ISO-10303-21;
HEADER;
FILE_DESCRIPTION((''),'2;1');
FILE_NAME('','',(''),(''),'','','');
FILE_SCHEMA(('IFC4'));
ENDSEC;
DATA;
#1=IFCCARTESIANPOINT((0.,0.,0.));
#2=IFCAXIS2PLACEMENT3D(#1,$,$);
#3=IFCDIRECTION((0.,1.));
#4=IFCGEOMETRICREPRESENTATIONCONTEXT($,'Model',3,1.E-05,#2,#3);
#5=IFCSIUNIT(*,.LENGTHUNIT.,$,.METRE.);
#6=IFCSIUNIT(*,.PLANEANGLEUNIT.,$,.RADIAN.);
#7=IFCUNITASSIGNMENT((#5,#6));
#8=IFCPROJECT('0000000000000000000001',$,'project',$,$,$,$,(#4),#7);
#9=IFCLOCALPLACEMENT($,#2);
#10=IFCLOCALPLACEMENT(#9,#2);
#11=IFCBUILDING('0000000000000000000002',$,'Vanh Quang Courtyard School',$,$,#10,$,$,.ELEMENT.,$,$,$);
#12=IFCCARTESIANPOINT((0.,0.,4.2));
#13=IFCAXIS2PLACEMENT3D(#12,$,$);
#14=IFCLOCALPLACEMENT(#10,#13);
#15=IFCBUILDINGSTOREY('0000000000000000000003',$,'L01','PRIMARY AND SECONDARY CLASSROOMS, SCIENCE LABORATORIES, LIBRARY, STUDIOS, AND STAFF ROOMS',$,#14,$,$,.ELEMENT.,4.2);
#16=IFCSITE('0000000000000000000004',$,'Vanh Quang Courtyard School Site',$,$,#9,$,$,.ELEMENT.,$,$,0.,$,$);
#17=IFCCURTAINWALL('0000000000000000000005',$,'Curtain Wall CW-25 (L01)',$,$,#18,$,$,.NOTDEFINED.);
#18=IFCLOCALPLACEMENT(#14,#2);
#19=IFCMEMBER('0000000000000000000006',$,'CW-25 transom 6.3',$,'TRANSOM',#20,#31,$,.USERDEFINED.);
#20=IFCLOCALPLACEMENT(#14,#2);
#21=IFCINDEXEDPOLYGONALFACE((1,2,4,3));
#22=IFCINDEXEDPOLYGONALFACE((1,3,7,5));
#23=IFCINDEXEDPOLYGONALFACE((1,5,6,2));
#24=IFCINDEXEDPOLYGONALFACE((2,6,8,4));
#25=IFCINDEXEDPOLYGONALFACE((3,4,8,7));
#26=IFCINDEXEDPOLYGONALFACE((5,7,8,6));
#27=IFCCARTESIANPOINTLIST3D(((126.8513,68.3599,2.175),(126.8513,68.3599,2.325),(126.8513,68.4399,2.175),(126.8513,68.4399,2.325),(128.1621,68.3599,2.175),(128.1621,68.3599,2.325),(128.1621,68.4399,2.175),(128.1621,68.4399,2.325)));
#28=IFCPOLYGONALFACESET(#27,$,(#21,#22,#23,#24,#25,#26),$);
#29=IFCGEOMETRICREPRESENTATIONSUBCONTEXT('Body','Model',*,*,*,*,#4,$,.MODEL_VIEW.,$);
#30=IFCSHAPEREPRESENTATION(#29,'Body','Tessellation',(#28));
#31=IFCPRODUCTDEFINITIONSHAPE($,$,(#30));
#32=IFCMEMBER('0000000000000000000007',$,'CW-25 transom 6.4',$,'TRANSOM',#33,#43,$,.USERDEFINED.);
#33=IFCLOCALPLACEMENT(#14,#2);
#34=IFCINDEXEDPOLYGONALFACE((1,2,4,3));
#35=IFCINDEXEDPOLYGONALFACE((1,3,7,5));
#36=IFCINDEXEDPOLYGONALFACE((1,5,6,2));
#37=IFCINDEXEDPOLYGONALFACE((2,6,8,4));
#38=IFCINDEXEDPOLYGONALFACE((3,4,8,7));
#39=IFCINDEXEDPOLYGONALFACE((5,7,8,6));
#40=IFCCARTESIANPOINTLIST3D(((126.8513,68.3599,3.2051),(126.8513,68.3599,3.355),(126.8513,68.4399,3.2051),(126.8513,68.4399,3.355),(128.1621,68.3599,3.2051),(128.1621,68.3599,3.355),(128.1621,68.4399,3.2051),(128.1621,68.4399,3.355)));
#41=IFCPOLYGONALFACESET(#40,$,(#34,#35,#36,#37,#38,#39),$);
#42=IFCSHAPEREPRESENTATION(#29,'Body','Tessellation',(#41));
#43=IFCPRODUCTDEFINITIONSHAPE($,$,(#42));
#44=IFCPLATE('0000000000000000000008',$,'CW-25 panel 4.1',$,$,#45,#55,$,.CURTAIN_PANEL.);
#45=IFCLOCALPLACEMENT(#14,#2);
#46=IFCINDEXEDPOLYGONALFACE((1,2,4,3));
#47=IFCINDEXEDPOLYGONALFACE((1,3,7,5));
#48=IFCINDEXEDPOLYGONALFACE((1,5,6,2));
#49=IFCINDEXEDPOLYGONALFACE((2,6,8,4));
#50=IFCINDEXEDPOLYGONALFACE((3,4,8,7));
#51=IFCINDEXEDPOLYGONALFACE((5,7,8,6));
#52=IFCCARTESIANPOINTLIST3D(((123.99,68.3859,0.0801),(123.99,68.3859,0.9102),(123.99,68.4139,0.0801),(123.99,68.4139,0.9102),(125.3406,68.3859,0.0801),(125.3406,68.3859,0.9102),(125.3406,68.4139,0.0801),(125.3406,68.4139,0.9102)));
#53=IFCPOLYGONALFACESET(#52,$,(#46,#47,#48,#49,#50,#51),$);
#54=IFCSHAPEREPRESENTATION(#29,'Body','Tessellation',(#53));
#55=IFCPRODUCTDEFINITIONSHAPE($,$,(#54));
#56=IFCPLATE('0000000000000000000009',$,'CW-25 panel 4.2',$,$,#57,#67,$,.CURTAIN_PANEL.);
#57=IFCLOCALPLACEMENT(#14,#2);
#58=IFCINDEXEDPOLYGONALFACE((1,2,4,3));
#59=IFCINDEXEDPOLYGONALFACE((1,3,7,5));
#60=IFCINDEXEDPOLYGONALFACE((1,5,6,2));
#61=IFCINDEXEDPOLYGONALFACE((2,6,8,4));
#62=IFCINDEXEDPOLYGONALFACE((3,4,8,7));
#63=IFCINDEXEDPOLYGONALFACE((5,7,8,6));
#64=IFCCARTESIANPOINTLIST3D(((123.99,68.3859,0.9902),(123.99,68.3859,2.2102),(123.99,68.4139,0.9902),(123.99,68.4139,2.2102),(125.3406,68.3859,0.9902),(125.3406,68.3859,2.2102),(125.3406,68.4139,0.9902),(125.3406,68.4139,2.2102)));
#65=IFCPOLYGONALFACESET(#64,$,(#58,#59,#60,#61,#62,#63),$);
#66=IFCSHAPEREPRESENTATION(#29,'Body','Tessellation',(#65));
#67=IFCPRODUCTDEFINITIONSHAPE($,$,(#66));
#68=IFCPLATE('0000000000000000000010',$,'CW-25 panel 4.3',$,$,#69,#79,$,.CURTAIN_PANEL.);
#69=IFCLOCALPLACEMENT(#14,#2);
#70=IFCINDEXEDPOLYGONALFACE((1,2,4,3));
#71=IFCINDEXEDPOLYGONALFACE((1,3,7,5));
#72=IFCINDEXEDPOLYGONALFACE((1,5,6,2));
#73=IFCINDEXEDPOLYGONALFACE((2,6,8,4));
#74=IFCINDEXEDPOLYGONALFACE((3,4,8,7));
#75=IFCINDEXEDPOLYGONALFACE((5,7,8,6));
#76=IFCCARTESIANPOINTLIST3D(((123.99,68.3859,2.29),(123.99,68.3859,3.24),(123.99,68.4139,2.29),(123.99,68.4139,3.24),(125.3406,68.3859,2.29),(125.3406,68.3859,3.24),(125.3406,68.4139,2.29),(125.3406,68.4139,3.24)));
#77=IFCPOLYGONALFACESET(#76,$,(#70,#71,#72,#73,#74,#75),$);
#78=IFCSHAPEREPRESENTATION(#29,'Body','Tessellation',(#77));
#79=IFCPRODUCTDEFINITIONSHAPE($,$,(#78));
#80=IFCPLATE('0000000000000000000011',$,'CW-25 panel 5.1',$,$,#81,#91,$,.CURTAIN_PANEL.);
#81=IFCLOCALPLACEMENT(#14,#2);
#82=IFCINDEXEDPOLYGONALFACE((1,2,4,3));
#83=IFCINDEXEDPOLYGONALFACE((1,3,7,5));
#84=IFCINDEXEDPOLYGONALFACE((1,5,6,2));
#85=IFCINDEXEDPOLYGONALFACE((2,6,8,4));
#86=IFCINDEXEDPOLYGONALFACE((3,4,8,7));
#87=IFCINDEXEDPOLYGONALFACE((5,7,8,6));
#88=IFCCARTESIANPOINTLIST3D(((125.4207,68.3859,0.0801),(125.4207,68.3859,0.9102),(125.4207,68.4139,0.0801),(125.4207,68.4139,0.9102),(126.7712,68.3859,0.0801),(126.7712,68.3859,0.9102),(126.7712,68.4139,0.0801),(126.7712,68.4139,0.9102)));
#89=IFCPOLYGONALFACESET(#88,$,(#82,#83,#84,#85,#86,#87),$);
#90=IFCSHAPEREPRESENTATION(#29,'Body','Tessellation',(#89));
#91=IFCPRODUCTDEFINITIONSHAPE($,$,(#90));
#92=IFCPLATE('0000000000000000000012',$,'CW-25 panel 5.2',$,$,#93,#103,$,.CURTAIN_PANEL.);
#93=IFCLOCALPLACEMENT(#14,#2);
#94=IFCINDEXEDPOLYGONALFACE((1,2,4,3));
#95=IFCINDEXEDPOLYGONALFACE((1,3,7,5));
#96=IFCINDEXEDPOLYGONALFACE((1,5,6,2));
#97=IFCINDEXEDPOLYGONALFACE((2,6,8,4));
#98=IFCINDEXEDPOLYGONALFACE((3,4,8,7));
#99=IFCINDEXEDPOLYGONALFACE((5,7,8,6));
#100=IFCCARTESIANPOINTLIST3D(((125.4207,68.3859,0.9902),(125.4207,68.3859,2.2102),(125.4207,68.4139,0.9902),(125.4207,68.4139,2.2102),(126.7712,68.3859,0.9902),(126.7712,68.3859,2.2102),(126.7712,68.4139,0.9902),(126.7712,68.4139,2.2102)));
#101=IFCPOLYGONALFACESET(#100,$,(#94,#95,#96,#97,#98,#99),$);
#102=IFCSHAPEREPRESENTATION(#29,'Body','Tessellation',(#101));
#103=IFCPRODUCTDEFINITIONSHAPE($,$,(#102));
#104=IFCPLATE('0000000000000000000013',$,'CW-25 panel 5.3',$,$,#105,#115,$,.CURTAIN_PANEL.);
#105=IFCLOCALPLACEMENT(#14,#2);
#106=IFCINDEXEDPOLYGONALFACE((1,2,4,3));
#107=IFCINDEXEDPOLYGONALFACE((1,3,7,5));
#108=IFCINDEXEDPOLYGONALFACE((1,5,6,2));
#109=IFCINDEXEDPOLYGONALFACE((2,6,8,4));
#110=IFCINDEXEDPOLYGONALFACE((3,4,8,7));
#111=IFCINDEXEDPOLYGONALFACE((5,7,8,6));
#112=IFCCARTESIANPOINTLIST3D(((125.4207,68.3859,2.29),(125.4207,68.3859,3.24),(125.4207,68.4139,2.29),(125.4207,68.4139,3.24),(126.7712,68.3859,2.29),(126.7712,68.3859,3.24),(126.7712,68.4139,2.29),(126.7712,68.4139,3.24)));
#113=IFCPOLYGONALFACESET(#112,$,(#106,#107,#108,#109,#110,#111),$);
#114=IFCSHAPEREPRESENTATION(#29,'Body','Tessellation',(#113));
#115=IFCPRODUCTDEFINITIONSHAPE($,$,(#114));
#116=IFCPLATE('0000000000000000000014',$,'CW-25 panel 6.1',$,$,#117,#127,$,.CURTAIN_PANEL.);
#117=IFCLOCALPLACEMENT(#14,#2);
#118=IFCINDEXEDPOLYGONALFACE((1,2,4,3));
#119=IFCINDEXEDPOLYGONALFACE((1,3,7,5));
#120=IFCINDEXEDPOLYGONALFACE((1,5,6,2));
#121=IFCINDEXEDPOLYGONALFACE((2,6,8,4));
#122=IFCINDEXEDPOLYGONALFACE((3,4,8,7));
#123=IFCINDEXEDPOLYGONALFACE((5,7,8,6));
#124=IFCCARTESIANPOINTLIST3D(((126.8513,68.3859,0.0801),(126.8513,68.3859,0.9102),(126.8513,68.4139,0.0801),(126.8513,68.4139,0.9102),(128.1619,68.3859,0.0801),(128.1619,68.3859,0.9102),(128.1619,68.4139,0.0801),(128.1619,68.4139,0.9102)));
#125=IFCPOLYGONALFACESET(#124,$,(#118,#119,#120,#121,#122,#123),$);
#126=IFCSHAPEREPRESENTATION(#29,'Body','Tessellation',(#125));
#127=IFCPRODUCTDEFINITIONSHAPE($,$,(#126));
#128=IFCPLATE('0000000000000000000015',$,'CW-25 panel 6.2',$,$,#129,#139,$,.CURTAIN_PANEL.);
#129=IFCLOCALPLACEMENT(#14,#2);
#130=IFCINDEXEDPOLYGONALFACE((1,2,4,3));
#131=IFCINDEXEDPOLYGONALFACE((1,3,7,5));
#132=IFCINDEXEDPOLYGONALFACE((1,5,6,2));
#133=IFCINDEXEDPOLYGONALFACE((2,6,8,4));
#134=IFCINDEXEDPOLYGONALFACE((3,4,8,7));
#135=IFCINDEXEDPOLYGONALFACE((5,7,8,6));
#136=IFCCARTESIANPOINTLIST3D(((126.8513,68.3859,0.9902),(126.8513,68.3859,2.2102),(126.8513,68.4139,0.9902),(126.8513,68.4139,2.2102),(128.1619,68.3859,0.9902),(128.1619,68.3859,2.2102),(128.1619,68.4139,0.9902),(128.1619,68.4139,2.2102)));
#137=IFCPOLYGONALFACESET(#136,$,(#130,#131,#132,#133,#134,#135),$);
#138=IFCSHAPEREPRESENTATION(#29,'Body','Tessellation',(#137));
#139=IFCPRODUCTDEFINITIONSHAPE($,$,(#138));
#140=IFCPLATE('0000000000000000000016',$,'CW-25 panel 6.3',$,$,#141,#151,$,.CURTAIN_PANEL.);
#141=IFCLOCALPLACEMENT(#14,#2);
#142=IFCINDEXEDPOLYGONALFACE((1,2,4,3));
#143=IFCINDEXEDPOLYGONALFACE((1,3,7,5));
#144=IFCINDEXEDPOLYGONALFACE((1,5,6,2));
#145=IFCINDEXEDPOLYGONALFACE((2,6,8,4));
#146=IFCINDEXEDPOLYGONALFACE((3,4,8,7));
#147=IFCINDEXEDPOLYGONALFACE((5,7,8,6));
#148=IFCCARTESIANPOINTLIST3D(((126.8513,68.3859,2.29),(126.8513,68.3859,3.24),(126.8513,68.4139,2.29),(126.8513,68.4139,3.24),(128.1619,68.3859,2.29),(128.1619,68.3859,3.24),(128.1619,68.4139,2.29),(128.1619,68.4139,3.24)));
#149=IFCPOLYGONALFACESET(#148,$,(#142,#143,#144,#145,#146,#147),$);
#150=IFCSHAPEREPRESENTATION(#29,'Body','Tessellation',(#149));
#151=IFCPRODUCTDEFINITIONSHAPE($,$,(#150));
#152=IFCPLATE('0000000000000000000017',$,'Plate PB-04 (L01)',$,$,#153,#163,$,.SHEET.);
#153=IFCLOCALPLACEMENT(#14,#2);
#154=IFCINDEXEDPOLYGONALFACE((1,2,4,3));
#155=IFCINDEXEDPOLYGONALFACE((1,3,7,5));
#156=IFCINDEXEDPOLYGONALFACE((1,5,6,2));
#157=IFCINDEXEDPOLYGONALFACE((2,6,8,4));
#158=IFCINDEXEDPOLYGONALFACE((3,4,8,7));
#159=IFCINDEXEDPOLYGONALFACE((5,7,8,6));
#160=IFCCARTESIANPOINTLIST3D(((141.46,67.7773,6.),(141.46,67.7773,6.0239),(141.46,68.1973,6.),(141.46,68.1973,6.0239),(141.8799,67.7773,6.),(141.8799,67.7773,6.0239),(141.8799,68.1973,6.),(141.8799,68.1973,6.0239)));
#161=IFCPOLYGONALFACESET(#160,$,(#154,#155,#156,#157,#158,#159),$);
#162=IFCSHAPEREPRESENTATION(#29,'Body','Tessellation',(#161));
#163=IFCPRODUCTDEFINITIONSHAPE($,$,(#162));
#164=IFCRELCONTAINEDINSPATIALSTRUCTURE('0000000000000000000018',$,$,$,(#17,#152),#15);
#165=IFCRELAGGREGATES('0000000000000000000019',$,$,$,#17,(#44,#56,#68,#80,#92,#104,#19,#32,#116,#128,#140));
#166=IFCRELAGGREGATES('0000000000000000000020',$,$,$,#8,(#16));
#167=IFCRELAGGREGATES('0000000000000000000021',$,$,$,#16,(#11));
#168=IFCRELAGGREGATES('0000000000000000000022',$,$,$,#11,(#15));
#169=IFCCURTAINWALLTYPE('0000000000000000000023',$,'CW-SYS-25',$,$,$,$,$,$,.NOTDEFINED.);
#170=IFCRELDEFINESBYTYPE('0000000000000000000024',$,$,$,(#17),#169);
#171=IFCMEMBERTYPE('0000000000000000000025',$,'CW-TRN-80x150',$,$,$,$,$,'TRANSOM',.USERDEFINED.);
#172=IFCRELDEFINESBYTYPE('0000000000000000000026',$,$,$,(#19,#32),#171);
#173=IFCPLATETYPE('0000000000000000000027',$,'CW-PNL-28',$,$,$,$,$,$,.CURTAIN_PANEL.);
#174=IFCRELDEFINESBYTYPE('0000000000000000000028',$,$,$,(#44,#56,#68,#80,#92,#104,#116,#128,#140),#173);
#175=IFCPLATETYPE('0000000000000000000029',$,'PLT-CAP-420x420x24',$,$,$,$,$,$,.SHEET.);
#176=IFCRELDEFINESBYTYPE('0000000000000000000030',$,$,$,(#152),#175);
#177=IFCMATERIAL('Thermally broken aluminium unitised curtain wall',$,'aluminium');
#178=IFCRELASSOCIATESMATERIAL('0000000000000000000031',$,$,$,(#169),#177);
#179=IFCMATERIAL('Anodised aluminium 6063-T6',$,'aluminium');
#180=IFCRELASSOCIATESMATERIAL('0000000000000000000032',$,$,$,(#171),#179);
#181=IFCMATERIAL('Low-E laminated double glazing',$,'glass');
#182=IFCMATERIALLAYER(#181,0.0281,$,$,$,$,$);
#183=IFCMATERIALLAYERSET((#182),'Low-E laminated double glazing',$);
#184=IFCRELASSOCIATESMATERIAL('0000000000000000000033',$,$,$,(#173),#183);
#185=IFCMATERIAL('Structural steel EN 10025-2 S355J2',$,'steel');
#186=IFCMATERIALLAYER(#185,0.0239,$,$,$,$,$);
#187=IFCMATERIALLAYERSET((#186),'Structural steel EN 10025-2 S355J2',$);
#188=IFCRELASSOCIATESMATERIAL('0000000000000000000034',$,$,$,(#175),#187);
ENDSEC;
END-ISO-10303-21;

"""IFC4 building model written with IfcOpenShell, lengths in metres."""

from ifc_helpers import new_model, si_unit, direction, frame, origin, origin_2d, place, context, subcontext, project, spatial, rectangle, extrude, material, layer, layer_set, material_profile, profile_set, type_object, element, aggregate, save


model = new_model("IFC4")

# Units and contexts
model_context = context("Model", 3, precision=1e-05, world=origin(), true_north=direction((0.0, 1.0)))
body_context = subcontext(model_context, "Body", "Model", "MODEL_VIEW")
ifc_project = project(units=[si_unit("LENGTHUNIT", "METRE"), si_unit("PLANEANGLEUNIT", "RADIAN")], contexts=[model_context])

# Site, building, storey
site_placement = place(None, origin())
site = spatial("IfcSite", under=ifc_project, at=site_placement, Name="Vanh Quang Courtyard School Site", CompositionType="ELEMENT", RefElevation=0.0)
building_placement = place(site_placement, origin())
building = spatial("IfcBuilding", under=site, at=building_placement, Name="Vanh Quang Courtyard School", CompositionType="ELEMENT")
storey_placement = place(building_placement, frame((0.0, 0.0, 4.2)))
storey = spatial("IfcBuildingStorey", under=building, at=storey_placement, Name="L01", Description="PRIMARY AND SECONDARY CLASSROOMS, SCIENCE LABORATORIES, LIBRARY, STUDIOS, AND STAFF ROOMS", CompositionType="ELEMENT", Elevation=4.2)

# Shared definitions
ifc_material_1 = material(Name="Structural steel EN 10025-2 S355J2", Category="steel")

# Curtain wall, members, plates
ifc_material_2 = material(Name="Thermally broken aluminium unitised curtain wall", Category="aluminium")
curtain_wall_type = type_object("IfcCurtainWallType", Name="CW-SYS-25", PredefinedType="NOTDEFINED", material=ifc_material_2)
curtain_wall_placement = place(storey_placement, origin())
curtain_wall = element("IfcCurtainWall", 1, at=curtain_wall_placement, inside=storey, type_object=curtain_wall_type, Name="Curtain Wall CW-25 (L01)", PredefinedType="NOTDEFINED")
ifc_material_3 = material(Name="Anodised aluminium 6063-T6", Category="aluminium")
ifc_material_profile_1 = material_profile(ifc_material_3, rectangle(XDim=0.0801, YDim=0.1499, at=origin_2d()), Name="ALU-TRN 80x150")
ifc_profile_set_1 = profile_set([ifc_material_profile_1], Name="Anodised aluminium 6063-T6")
member_type_1 = type_object("IfcMemberType", Name="CW-TRN-80x150", ElementType="TRANSOM", PredefinedType="USERDEFINED", material=ifc_profile_set_1)
member_1_placement = place(storey_placement, frame((126.8513, 68.3999, 2.25), z_axis=(1.0, 0.0, 0.0), x_axis=(0.0, 1.0, 0.0)))
member_1 = element("IfcMember", 2, at=member_1_placement, type_object=member_type_1, Name="CW-25 transom 6.3", ObjectType="TRANSOM", PredefinedType="USERDEFINED", context=body_context, shape_type="SweptSolid", body=[
    extrude(rectangle(XDim=0.0801, YDim=0.1499, at=origin_2d()), origin(), (0.0, 0.0, 1.0), 1.3108),
])
member_2_placement = place(storey_placement, frame((126.8513, 68.3999, 3.28), z_axis=(1.0, 0.0, 0.0), x_axis=(0.0, 1.0, 0.0)))
member_2 = element("IfcMember", 3, at=member_2_placement, type_object=member_type_1, Name="CW-25 transom 6.4", ObjectType="TRANSOM", PredefinedType="USERDEFINED", context=body_context, shape_type="SweptSolid", body=[
    extrude(rectangle(XDim=0.0801, YDim=0.1499, at=origin_2d()), origin(), (0.0, 0.0, 1.0), 1.3108),
])
ifc_material_4 = material(Name="Low-E laminated double glazing", Category="glass")
ifc_layer_1 = layer(ifc_material_4, 0.0281)
ifc_layer_set_1 = layer_set([ifc_layer_1], Name="Low-E laminated double glazing")
plate_type_1 = type_object("IfcPlateType", Name="CW-PNL-28", PredefinedType="CURTAIN_PANEL", material=ifc_layer_set_1)
plate_1_placement = place(storey_placement, frame((124.6653, 68.3999, 0.0801), z_axis=(0.0, 0.0, 1.0), x_axis=(1.0, 0.0, 0.0)))
plate_1 = element("IfcPlate", 4, at=plate_1_placement, type_object=plate_type_1, Name="CW-25 panel 4.1", PredefinedType="CURTAIN_PANEL", context=body_context, shape_type="SweptSolid", body=[
    extrude(rectangle(XDim=1.3506, YDim=0.0281, at=origin_2d()), origin(), (0.0, 0.0, 1.0), 0.8301),
])
plate_2_placement = place(storey_placement, frame((124.6653, 68.3999, 0.9902), z_axis=(0.0, 0.0, 1.0), x_axis=(1.0, 0.0, 0.0)))
plate_2 = element("IfcPlate", 5, at=plate_2_placement, type_object=plate_type_1, Name="CW-25 panel 4.2", PredefinedType="CURTAIN_PANEL", context=body_context, shape_type="SweptSolid", body=[
    extrude(rectangle(XDim=1.3506, YDim=0.0281, at=origin_2d()), origin(), (0.0, 0.0, 1.0), 1.22),
])
plate_3_placement = place(storey_placement, frame((124.6653, 68.3999, 2.29), z_axis=(0.0, 0.0, 1.0), x_axis=(1.0, 0.0, 0.0)))
plate_3 = element("IfcPlate", 6, at=plate_3_placement, type_object=plate_type_1, Name="CW-25 panel 4.3", PredefinedType="CURTAIN_PANEL", context=body_context, shape_type="SweptSolid", body=[
    extrude(rectangle(XDim=1.3506, YDim=0.0281, at=origin_2d()), origin(), (0.0, 0.0, 1.0), 0.95),
])
plate_4_placement = place(storey_placement, frame((126.0959, 68.3999, 0.0801), z_axis=(0.0, 0.0, 1.0), x_axis=(1.0, 0.0, 0.0)))
plate_4 = element("IfcPlate", 7, at=plate_4_placement, type_object=plate_type_1, Name="CW-25 panel 5.1", PredefinedType="CURTAIN_PANEL", context=body_context, shape_type="SweptSolid", body=[
    extrude(rectangle(XDim=1.3506, YDim=0.0281, at=origin_2d()), origin(), (0.0, 0.0, 1.0), 0.8301),
])
plate_5_placement = place(storey_placement, frame((126.0959, 68.3999, 0.9902), z_axis=(0.0, 0.0, 1.0), x_axis=(1.0, 0.0, 0.0)))
plate_5 = element("IfcPlate", 8, at=plate_5_placement, type_object=plate_type_1, Name="CW-25 panel 5.2", PredefinedType="CURTAIN_PANEL", context=body_context, shape_type="SweptSolid", body=[
    extrude(rectangle(XDim=1.3506, YDim=0.0281, at=origin_2d()), origin(), (0.0, 0.0, 1.0), 1.22),
])
plate_6_placement = place(storey_placement, frame((126.0959, 68.3999, 2.29), z_axis=(0.0, 0.0, 1.0), x_axis=(1.0, 0.0, 0.0)))
plate_6 = element("IfcPlate", 9, at=plate_6_placement, type_object=plate_type_1, Name="CW-25 panel 5.3", PredefinedType="CURTAIN_PANEL", context=body_context, shape_type="SweptSolid", body=[
    extrude(rectangle(XDim=1.3506, YDim=0.0281, at=origin_2d()), origin(), (0.0, 0.0, 1.0), 0.95),
])
plate_7_placement = place(storey_placement, frame((127.5066, 68.3999, 0.0801), z_axis=(0.0, 0.0, 1.0), x_axis=(1.0, 0.0, 0.0)))
plate_7 = element("IfcPlate", 10, at=plate_7_placement, type_object=plate_type_1, Name="CW-25 panel 6.1", PredefinedType="CURTAIN_PANEL", context=body_context, shape_type="SweptSolid", body=[
    extrude(rectangle(XDim=1.3105, YDim=0.0281, at=origin_2d()), origin(), (0.0, 0.0, 1.0), 0.8301),
])
plate_8_placement = place(storey_placement, frame((127.5066, 68.3999, 0.9902), z_axis=(0.0, 0.0, 1.0), x_axis=(1.0, 0.0, 0.0)))
plate_8 = element("IfcPlate", 11, at=plate_8_placement, type_object=plate_type_1, Name="CW-25 panel 6.2", PredefinedType="CURTAIN_PANEL", context=body_context, shape_type="SweptSolid", body=[
    extrude(rectangle(XDim=1.3105, YDim=0.0281, at=origin_2d()), origin(), (0.0, 0.0, 1.0), 1.22),
])
plate_9_placement = place(storey_placement, frame((127.5066, 68.3999, 2.29), z_axis=(0.0, 0.0, 1.0), x_axis=(1.0, 0.0, 0.0)))
plate_9 = element("IfcPlate", 12, at=plate_9_placement, type_object=plate_type_1, Name="CW-25 panel 6.3", PredefinedType="CURTAIN_PANEL", context=body_context, shape_type="SweptSolid", body=[
    extrude(rectangle(XDim=1.3105, YDim=0.0281, at=origin_2d()), origin(), (0.0, 0.0, 1.0), 0.95),
])
aggregate(curtain_wall, [plate_1, plate_2, plate_3, plate_4, plate_5, plate_6, member_1, member_2, plate_7, plate_8, plate_9])

# Plate
ifc_layer_2 = layer(ifc_material_1, 0.0239)
ifc_layer_set_2 = layer_set([ifc_layer_2], Name="Structural steel EN 10025-2 S355J2")
plate_type_2 = type_object("IfcPlateType", Name="PLT-CAP-420x420x24", PredefinedType="SHEET", material=ifc_layer_set_2)
plate_10_placement = place(storey_placement, frame((141.6699, 67.9873, 6.0), z_axis=(0.0, 0.0, 1.0), x_axis=(1.0, 0.0, 0.0)))
element("IfcPlate", 13, at=plate_10_placement, inside=storey, type_object=plate_type_2, Name="Plate PB-04 (L01)", PredefinedType="SHEET", context=body_context, shape_type="SweptSolid", body=[
    extrude(rectangle(XDim=0.4199, YDim=0.4199, at=origin_2d()), origin(), (0.0, 0.0, 1.0), 0.0239),
])

save(model, "model.ifc")
